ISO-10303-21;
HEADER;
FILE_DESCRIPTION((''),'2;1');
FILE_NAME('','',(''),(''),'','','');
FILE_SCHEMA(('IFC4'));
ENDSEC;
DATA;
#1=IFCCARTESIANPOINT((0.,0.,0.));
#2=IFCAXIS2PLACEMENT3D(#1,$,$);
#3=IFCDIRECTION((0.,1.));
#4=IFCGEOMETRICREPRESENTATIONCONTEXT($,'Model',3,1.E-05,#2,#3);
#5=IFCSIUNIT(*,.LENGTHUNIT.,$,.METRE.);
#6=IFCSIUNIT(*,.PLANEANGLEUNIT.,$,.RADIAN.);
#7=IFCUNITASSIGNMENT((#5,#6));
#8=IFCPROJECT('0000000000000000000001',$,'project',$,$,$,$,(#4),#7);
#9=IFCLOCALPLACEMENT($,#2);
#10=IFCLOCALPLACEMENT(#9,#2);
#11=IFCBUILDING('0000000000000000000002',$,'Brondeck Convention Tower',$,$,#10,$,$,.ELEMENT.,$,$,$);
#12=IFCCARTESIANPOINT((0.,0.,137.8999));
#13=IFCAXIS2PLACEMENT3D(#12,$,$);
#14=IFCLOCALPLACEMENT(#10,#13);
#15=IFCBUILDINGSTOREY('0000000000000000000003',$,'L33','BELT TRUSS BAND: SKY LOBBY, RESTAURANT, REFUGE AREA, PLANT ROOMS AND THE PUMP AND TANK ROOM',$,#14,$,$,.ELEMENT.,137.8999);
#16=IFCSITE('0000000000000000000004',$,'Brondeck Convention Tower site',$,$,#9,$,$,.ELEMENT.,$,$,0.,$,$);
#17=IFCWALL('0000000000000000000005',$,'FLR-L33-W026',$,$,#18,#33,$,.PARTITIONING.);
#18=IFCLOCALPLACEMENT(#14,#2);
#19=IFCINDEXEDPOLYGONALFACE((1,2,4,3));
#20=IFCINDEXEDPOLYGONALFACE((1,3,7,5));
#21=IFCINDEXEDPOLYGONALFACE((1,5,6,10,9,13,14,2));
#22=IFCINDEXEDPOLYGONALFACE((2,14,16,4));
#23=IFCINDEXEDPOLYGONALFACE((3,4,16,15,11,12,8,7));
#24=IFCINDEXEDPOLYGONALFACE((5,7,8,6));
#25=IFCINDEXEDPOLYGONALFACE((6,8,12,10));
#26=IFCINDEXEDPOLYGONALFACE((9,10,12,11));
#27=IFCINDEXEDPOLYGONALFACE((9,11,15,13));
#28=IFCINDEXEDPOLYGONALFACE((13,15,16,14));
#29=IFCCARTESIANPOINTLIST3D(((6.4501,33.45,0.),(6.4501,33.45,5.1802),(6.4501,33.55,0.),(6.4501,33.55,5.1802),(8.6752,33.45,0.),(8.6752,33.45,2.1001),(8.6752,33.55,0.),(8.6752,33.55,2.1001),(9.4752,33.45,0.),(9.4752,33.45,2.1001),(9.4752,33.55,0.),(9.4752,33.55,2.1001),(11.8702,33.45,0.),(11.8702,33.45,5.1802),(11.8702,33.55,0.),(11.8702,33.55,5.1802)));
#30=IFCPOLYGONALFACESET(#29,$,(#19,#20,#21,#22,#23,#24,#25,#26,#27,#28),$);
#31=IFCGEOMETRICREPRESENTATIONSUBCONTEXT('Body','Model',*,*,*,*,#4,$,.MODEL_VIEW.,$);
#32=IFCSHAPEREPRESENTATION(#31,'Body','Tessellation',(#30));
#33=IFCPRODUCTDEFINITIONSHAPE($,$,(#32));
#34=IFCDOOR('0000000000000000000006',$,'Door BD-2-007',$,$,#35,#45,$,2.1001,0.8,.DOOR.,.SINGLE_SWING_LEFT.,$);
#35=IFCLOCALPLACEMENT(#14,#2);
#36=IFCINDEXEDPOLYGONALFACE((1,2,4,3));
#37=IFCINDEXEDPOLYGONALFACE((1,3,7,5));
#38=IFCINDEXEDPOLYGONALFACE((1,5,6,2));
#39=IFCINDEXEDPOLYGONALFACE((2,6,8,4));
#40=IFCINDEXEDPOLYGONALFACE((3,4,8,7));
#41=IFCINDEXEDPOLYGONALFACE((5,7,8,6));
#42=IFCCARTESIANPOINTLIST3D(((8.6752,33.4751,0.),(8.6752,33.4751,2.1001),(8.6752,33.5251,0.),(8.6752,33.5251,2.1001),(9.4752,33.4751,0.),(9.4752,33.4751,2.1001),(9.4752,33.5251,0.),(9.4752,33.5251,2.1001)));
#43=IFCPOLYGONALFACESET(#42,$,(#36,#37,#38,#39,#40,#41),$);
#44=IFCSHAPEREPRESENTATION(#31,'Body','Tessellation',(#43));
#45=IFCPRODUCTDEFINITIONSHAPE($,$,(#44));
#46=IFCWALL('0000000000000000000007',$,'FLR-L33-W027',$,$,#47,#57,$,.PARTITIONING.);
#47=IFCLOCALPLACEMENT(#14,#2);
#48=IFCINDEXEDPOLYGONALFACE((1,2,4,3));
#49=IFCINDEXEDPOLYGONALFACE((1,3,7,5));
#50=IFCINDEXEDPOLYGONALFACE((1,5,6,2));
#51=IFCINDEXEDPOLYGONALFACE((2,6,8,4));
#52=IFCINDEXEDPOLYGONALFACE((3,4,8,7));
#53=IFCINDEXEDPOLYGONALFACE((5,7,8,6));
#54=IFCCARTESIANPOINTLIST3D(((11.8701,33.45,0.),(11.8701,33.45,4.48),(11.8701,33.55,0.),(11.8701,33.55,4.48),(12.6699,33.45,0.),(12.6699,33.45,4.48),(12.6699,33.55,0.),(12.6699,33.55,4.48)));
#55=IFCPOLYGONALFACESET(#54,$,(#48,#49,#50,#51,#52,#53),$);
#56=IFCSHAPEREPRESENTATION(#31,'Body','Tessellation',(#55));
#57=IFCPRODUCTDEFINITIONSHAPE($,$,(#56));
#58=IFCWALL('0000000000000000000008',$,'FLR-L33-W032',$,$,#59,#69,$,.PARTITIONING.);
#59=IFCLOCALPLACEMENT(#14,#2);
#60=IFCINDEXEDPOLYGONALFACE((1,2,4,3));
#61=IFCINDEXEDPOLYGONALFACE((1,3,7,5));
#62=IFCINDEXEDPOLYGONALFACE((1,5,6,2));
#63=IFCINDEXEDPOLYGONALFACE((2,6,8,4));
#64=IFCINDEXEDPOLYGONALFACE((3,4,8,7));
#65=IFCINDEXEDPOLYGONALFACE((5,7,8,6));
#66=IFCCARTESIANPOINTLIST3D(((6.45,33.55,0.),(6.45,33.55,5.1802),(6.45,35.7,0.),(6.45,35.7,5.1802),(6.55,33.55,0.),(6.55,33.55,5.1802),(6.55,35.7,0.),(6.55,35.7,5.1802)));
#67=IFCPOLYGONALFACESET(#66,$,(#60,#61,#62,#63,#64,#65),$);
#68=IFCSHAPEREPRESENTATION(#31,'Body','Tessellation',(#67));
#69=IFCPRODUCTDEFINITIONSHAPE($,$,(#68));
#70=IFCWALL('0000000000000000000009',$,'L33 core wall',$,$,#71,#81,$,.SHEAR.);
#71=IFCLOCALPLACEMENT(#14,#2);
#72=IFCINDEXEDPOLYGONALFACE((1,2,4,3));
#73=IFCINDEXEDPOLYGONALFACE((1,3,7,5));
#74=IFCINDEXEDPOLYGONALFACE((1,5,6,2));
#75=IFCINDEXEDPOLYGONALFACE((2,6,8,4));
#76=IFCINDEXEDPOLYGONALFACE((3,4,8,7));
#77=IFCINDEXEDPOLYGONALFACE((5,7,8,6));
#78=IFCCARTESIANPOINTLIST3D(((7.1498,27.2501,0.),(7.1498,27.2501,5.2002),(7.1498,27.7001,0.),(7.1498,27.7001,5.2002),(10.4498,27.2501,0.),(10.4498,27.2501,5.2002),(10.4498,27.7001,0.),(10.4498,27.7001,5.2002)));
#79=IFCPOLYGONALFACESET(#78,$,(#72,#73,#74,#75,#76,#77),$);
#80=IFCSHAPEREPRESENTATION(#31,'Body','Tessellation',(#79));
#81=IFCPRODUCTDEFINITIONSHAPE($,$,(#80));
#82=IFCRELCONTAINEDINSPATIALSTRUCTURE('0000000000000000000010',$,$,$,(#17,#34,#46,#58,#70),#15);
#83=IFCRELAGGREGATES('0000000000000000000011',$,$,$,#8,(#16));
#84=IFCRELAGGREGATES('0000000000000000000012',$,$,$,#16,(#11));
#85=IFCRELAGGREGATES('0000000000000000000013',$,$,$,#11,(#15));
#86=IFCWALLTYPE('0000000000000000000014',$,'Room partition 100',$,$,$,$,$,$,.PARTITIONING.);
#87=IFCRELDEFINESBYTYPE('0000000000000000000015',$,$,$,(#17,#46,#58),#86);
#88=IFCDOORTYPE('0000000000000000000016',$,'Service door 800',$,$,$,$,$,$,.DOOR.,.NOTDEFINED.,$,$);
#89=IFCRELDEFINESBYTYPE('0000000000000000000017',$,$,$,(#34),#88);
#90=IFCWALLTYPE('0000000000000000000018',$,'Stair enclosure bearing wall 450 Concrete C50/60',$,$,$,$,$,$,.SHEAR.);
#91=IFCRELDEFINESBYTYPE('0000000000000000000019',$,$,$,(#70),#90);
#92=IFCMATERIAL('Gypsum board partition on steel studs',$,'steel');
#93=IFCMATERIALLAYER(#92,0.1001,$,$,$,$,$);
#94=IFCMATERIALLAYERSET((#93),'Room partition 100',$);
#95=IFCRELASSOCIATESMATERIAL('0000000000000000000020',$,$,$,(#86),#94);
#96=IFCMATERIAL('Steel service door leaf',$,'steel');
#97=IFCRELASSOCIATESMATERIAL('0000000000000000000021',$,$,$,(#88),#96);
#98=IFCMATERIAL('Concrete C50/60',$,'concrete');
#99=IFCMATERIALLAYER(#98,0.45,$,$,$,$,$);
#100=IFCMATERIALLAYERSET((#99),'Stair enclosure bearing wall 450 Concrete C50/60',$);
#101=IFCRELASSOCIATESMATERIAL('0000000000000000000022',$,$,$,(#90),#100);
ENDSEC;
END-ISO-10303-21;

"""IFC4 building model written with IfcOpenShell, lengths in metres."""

from ifc_helpers import new_model, si_unit, direction, frame, frame_2d, origin, place, context, subcontext, project, spatial, rectangle, extrude, material, layer, layer_set, type_object, element, fill, save


model = new_model("IFC4")

# Units and contexts
model_context = context("Model", 3, precision=1e-05, world=origin(), true_north=direction((0.0, 1.0)))
body_context = subcontext(model_context, "Body", "Model", "MODEL_VIEW")
ifc_project = project(units=[si_unit("LENGTHUNIT", "METRE"), si_unit("PLANEANGLEUNIT", "RADIAN")], contexts=[model_context])

# Site, building, storey
site_placement = place(None, origin())
site = spatial("IfcSite", under=ifc_project, at=site_placement, Name="Brondeck Convention Tower site", CompositionType="ELEMENT", RefElevation=0.0)
building_placement = place(site_placement, origin())
building = spatial("IfcBuilding", under=site, at=building_placement, Name="Brondeck Convention Tower", CompositionType="ELEMENT")
storey_placement = place(building_placement, frame((0.0, 0.0, 137.8999)))
storey = spatial("IfcBuildingStorey", under=building, at=storey_placement, Name="L33", Description="BELT TRUSS BAND: SKY LOBBY, RESTAURANT, REFUGE AREA, PLANT ROOMS AND THE PUMP AND TANK ROOM", CompositionType="ELEMENT", Elevation=137.8999)

# Shared definitions
ifc_material_1 = material(Name="Gypsum board partition on steel studs", Category="steel")
ifc_layer_1 = layer(ifc_material_1, 0.1001)
ifc_layer_set_1 = layer_set([ifc_layer_1], Name="Room partition 100")
wall_type_1 = type_object("IfcWallType", Name="Room partition 100", PredefinedType="PARTITIONING", material=ifc_layer_set_1)

# Wall, opening, door
wall_1_placement = place(storey_placement, frame((11.8701, 33.5, 0.0), z_axis=(0.0, 0.0, 1.0), x_axis=(-1.0, 0.0, 0.0)))
wall_1 = element("IfcWall", 1, at=wall_1_placement, inside=storey, type_object=wall_type_1, Name="FLR-L33-W026", PredefinedType="PARTITIONING", context=body_context, shape_type="SweptSolid", body=[
    extrude(rectangle(XDim=5.4202, YDim=0.1001, at=frame_2d((2.71, 0.0))), origin(), (0.0, 0.0, 1.0), 5.1802),
])
opening_1_placement = place(wall_1_placement, frame((2.395, 0.0, 0.0)))
opening_1 = element("IfcOpeningElement", 2, at=opening_1_placement, cuts=wall_1, PredefinedType="OPENING", context=body_context, shape_type="SweptSolid", body=[
    extrude(rectangle(XDim=0.8, YDim=2.1001, at=frame_2d((0.3999, 1.05))), frame((0.0, 0.0601, 0.0), z_axis=(0.0, -1.0, 0.0), x_axis=(1.0, 0.0, 0.0)), (0.0, 0.0, 1.0), 0.1201),
])
ifc_material_2 = material(Name="Steel service door leaf", Category="steel")
door_type_1 = type_object("IfcDoorType", Name="Service door 800", OperationType="NOTDEFINED", PredefinedType="DOOR", material=ifc_material_2)
door_1_placement = place(opening_1_placement, origin())
door_1 = element("IfcDoor", 3, at=door_1_placement, inside=storey, type_object=door_type_1, Name="Door BD-2-007", OperationType="SINGLE_SWING_LEFT", OverallHeight=2.1001, OverallWidth=0.8, PredefinedType="DOOR", context=body_context, shape_type="SweptSolid", body=[
    extrude(rectangle(XDim=0.8, YDim=2.1001, at=frame_2d((0.3999, 1.05))), frame((0.0, 0.0249, 0.0), z_axis=(0.0, -1.0, 0.0), x_axis=(1.0, 0.0, 0.0)), (0.0, 0.0, 1.0), 0.05),
])
fill(opening_1, door_1)

# Walls
wall_2_placement = place(storey_placement, frame((12.6699, 33.5, 0.0), z_axis=(0.0, 0.0, 1.0), x_axis=(-1.0, 0.0, 0.0)))
element("IfcWall", 4, at=wall_2_placement, inside=storey, type_object=wall_type_1, Name="FLR-L33-W027", PredefinedType="PARTITIONING", context=body_context, shape_type="SweptSolid", body=[
    extrude(rectangle(XDim=0.7998, YDim=0.1001, at=frame_2d((0.3999, 0.0))), origin(), (0.0, 0.0, 1.0), 4.48),
])
wall_3_placement = place(storey_placement, frame((6.5, 33.55, 0.0), z_axis=(0.0, 0.0, 1.0), x_axis=(0.0, 1.0, 0.0)))
element("IfcWall", 5, at=wall_3_placement, inside=storey, type_object=wall_type_1, Name="FLR-L33-W032", PredefinedType="PARTITIONING", context=body_context, shape_type="SweptSolid", body=[
    extrude(rectangle(XDim=2.1499, YDim=0.1001, at=frame_2d((1.075, 0.0))), origin(), (0.0, 0.0, 1.0), 5.1802),
])
ifc_material_3 = material(Name="Concrete C50/60", Category="concrete")
ifc_layer_2 = layer(ifc_material_3, 0.45)
ifc_layer_set_2 = layer_set([ifc_layer_2], Name="Stair enclosure bearing wall 450 Concrete C50/60")
wall_type_2 = type_object("IfcWallType", Name="Stair enclosure bearing wall 450 Concrete C50/60", PredefinedType="SHEAR", material=ifc_layer_set_2)
wall_4_placement = place(storey_placement, frame((7.1499, 27.4751, 0.0), z_axis=(0.0, 0.0, 1.0), x_axis=(1.0, 0.0, 0.0)))
element("IfcWall", 6, at=wall_4_placement, inside=storey, type_object=wall_type_2, Name="L33 core wall", PredefinedType="SHEAR", context=body_context, shape_type="SweptSolid", body=[
    extrude(rectangle(XDim=3.3, YDim=0.45, at=frame_2d((1.6499, 0.0))), origin(), (0.0, 0.0, 1.0), 5.2002),
])

save(model, "model.ifc")
